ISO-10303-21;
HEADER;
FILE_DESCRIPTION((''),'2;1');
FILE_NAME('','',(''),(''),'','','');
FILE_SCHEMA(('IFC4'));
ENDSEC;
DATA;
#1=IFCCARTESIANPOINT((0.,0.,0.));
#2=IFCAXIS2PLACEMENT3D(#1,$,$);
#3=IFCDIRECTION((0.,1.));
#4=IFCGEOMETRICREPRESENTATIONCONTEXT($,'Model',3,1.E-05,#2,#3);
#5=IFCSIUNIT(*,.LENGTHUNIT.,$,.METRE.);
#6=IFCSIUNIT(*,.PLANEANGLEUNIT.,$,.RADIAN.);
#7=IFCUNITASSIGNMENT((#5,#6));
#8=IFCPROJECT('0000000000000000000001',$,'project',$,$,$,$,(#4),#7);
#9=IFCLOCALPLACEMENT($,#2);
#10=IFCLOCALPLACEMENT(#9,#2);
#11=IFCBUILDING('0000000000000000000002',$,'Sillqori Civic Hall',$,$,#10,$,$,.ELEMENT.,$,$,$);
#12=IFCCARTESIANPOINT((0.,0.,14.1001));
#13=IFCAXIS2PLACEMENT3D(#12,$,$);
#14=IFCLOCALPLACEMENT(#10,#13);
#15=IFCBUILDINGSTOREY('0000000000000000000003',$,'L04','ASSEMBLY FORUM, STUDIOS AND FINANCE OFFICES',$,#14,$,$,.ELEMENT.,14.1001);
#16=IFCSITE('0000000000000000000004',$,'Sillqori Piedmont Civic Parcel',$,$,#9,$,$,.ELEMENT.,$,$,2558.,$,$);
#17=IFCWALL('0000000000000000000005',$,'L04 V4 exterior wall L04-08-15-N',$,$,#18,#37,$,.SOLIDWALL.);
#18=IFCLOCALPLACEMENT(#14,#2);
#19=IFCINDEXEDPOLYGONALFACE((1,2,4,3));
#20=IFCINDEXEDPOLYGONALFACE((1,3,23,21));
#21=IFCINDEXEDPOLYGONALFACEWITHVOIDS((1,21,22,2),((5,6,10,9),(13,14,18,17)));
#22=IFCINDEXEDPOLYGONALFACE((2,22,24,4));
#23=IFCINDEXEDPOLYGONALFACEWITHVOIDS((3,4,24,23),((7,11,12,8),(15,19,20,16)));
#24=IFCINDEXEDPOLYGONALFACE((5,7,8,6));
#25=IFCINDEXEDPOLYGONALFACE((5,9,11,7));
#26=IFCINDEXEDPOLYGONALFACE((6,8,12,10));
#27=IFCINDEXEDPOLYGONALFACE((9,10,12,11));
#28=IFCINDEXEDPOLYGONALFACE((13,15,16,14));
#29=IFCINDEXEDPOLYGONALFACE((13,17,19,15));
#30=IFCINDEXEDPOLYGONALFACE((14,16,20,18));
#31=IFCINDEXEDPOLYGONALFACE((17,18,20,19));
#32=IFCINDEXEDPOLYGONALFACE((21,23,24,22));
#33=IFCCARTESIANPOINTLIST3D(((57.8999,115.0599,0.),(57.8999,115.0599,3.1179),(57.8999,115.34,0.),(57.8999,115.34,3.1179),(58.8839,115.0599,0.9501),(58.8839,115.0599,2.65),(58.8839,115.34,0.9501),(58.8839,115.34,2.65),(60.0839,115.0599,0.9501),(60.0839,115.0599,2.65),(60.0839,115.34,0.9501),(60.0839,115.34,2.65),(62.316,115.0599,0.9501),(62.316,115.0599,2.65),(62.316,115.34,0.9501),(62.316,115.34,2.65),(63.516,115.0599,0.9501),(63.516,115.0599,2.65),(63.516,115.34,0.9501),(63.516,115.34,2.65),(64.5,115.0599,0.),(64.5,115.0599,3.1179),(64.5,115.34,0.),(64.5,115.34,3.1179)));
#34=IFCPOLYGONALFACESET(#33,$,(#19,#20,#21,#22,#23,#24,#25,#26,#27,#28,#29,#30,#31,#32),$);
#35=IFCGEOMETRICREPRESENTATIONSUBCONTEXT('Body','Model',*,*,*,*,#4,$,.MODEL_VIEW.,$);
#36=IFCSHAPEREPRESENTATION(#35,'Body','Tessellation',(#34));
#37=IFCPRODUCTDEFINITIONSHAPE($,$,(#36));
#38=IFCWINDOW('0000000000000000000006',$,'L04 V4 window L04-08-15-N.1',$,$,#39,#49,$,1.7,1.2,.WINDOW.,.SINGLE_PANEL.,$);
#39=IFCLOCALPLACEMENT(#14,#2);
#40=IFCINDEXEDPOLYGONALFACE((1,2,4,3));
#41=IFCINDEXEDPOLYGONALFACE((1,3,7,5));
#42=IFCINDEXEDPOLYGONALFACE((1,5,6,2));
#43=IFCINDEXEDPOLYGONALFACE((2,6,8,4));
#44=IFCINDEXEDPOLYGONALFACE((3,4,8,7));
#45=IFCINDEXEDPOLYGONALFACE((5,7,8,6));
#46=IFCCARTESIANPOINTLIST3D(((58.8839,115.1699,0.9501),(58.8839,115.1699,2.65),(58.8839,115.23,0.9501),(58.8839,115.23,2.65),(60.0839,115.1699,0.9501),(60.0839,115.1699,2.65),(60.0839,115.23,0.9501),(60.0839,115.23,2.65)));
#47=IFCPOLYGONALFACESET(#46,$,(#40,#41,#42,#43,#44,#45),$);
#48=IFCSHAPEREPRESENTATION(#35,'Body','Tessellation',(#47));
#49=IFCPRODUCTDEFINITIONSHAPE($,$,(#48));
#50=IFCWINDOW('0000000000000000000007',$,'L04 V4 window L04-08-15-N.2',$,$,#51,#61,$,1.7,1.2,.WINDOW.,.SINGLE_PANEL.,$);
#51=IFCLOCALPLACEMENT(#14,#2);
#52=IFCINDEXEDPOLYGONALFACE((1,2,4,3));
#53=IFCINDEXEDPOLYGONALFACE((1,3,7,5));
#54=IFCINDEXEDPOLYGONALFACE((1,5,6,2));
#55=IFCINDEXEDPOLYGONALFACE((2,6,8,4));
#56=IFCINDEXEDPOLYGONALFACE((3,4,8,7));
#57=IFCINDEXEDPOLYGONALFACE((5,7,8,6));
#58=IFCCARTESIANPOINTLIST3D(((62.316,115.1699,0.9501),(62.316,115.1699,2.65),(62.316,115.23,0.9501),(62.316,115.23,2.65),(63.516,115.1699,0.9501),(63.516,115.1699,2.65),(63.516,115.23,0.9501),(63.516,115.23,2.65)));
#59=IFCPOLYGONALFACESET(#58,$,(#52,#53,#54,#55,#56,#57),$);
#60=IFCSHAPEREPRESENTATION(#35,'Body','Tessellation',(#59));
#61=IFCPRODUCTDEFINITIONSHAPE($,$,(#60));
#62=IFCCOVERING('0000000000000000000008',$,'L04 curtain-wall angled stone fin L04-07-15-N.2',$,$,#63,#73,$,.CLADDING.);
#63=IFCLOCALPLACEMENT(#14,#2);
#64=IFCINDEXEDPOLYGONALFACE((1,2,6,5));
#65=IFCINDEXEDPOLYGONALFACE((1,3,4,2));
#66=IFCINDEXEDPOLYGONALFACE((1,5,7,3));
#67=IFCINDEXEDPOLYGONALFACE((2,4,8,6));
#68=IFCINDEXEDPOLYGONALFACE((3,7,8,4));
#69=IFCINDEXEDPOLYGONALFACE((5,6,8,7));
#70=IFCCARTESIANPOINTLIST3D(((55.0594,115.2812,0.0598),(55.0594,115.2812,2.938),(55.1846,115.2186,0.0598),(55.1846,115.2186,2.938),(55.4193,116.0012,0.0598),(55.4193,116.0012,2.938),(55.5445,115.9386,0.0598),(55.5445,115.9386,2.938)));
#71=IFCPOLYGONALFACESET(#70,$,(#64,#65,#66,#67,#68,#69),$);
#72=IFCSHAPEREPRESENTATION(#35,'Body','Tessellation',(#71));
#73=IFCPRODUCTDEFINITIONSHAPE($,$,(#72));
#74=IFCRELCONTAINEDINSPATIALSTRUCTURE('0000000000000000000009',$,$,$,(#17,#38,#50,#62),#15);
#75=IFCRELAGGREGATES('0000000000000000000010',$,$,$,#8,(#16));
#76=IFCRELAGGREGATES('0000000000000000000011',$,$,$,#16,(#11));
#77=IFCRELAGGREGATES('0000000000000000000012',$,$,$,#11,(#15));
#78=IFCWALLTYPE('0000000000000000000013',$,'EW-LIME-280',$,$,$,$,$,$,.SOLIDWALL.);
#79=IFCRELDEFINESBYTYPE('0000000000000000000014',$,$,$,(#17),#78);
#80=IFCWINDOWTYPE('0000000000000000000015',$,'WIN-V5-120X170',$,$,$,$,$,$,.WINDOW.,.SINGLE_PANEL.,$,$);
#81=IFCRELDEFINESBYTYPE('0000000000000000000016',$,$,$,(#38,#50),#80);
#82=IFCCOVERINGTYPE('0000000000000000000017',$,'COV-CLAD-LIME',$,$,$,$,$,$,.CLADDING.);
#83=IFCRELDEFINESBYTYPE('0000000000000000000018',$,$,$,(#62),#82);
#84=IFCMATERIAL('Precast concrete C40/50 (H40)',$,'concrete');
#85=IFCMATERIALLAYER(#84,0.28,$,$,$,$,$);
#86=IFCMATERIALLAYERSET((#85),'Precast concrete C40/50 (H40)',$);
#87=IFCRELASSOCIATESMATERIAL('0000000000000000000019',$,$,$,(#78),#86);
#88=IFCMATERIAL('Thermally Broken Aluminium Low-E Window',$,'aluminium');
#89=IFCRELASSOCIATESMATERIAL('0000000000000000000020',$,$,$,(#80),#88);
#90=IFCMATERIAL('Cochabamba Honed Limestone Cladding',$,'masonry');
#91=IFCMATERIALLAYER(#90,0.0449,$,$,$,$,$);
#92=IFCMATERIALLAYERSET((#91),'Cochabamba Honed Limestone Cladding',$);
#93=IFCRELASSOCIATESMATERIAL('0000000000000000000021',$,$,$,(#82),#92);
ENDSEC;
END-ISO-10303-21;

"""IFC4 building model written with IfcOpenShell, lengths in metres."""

from ifc_helpers import new_model, si_unit, direction, frame, frame_2d, origin, place, context, subcontext, project, spatial, rectangle, extrude, material, layer, layer_set, type_object, element, fill, save


model = new_model("IFC4")

# Units and contexts
model_context = context("Model", 3, precision=1e-05, world=origin(), true_north=direction((0.0, 1.0)))
body_context = subcontext(model_context, "Body", "Model", "MODEL_VIEW")
ifc_project = project(units=[si_unit("LENGTHUNIT", "METRE"), si_unit("PLANEANGLEUNIT", "RADIAN")], contexts=[model_context])

# Site, building, storey
site_placement = place(None, origin())
site = spatial("IfcSite", under=ifc_project, at=site_placement, Name="Sillqori Piedmont Civic Parcel", CompositionType="ELEMENT", RefElevation=2558.0)
building_placement = place(site_placement, origin())
building = spatial("IfcBuilding", under=site, at=building_placement, Name="Sillqori Civic Hall", CompositionType="ELEMENT")
storey_placement = place(building_placement, frame((0.0, 0.0, 14.1001)))
storey = spatial("IfcBuildingStorey", under=building, at=storey_placement, Name="L04", Description="ASSEMBLY FORUM, STUDIOS AND FINANCE OFFICES", CompositionType="ELEMENT", Elevation=14.1001)

# Wall, openings, windows
ifc_material_1 = material(Name="Precast concrete C40/50 (H40)", Category="concrete")
ifc_layer_1 = layer(ifc_material_1, 0.28)
ifc_layer_set_1 = layer_set([ifc_layer_1], Name="Precast concrete C40/50 (H40)")
wall_type = type_object("IfcWallType", Name="EW-LIME-280", PredefinedType="SOLIDWALL", material=ifc_layer_set_1)
wall_placement = place(storey_placement, frame((57.8999, 115.2, 0.0), z_axis=(0.0, 0.0, 1.0), x_axis=(1.0, 0.0, 0.0)))
wall = element("IfcWall", 1, at=wall_placement, inside=storey, type_object=wall_type, Name="L04 V4 exterior wall L04-08-15-N", PredefinedType="SOLIDWALL", context=body_context, shape_type="SweptSolid", body=[
    extrude(rectangle(XDim=6.6001, YDim=0.28, at=frame_2d((3.3, 0.0))), origin(), (0.0, 0.0, 1.0), 3.1179),
])
opening_1_placement = place(wall_placement, frame((0.9839, 0.0, 0.95)))
opening_1 = element("IfcOpeningElement", 2, at=opening_1_placement, cuts=wall, PredefinedType="OPENING", context=body_context, shape_type="SweptSolid", body=[
    extrude(rectangle(XDim=1.2, YDim=1.7, at=frame_2d((0.6001, 0.8501))), frame((0.0, 0.1499, 0.0), z_axis=(0.0, -1.0, 0.0), x_axis=(1.0, 0.0, 0.0)), (0.0, 0.0, 1.0), 0.3),
])
opening_2_placement = place(wall_placement, frame((4.416, 0.0, 0.95)))
opening_2 = element("IfcOpeningElement", 3, at=opening_2_placement, cuts=wall, PredefinedType="OPENING", context=body_context, shape_type="SweptSolid", body=[
    extrude(rectangle(XDim=1.2, YDim=1.7, at=frame_2d((0.6001, 0.8501))), frame((0.0, 0.1499, 0.0), z_axis=(0.0, -1.0, 0.0), x_axis=(1.0, 0.0, 0.0)), (0.0, 0.0, 1.0), 0.3),
])
ifc_material_2 = material(Name="Thermally Broken Aluminium Low-E Window", Category="aluminium")
window_type = type_object("IfcWindowType", Name="WIN-V5-120X170", PartitioningType="SINGLE_PANEL", PredefinedType="WINDOW", material=ifc_material_2)
window_1_placement = place(opening_1_placement, origin())
window_1 = element("IfcWindow", 4, at=window_1_placement, inside=storey, type_object=window_type, Name="L04 V4 window L04-08-15-N.1", OverallHeight=1.7, OverallWidth=1.2, PartitioningType="SINGLE_PANEL", PredefinedType="WINDOW", context=body_context, shape_type="SweptSolid", body=[
    extrude(rectangle(XDim=1.2, YDim=1.7, at=frame_2d((0.6001, 0.8501))), frame((0.0, 0.03, 0.0), z_axis=(0.0, -1.0, 0.0), x_axis=(1.0, 0.0, 0.0)), (0.0, 0.0, 1.0), 0.0601),
])
fill(opening_1, window_1)
window_2_placement = place(opening_2_placement, origin())
window_2 = element("IfcWindow", 5, at=window_2_placement, inside=storey, type_object=window_type, Name="L04 V4 window L04-08-15-N.2", OverallHeight=1.7, OverallWidth=1.2, PartitioningType="SINGLE_PANEL", PredefinedType="WINDOW", context=body_context, shape_type="SweptSolid", body=[
    extrude(rectangle(XDim=1.2, YDim=1.7, at=frame_2d((0.6001, 0.8501))), frame((0.0, 0.03, 0.0), z_axis=(0.0, -1.0, 0.0), x_axis=(1.0, 0.0, 0.0)), (0.0, 0.0, 1.0), 0.0601),
])
fill(opening_2, window_2)

# Covering
ifc_material_3 = material(Name="Cochabamba Honed Limestone Cladding", Category="masonry")
ifc_layer_2 = layer(ifc_material_3, 0.0449)
ifc_layer_set_2 = layer_set([ifc_layer_2], Name="Cochabamba Honed Limestone Cladding")
covering_type = type_object("IfcCoveringType", Name="COV-CLAD-LIME", PredefinedType="CLADDING", material=ifc_layer_set_2)
covering_placement = place(storey_placement, frame((55.1221, 115.25, 0.0598), z_axis=(0.0, 0.0, 1.0), x_axis=(0.447092, 0.894488, 0.0)))
element("IfcCovering", 6, at=covering_placement, inside=storey, type_object=covering_type, Name="L04 curtain-wall angled stone fin L04-07-15-N.2", PredefinedType="CLADDING", context=body_context, shape_type="SweptSolid", body=[
    extrude(rectangle(XDim=0.8049, YDim=0.1399, at=frame_2d((0.4023, 0.0))), origin(), (0.0, 0.0, 1.0), 2.8782),
])

save(model, "model.ifc")
